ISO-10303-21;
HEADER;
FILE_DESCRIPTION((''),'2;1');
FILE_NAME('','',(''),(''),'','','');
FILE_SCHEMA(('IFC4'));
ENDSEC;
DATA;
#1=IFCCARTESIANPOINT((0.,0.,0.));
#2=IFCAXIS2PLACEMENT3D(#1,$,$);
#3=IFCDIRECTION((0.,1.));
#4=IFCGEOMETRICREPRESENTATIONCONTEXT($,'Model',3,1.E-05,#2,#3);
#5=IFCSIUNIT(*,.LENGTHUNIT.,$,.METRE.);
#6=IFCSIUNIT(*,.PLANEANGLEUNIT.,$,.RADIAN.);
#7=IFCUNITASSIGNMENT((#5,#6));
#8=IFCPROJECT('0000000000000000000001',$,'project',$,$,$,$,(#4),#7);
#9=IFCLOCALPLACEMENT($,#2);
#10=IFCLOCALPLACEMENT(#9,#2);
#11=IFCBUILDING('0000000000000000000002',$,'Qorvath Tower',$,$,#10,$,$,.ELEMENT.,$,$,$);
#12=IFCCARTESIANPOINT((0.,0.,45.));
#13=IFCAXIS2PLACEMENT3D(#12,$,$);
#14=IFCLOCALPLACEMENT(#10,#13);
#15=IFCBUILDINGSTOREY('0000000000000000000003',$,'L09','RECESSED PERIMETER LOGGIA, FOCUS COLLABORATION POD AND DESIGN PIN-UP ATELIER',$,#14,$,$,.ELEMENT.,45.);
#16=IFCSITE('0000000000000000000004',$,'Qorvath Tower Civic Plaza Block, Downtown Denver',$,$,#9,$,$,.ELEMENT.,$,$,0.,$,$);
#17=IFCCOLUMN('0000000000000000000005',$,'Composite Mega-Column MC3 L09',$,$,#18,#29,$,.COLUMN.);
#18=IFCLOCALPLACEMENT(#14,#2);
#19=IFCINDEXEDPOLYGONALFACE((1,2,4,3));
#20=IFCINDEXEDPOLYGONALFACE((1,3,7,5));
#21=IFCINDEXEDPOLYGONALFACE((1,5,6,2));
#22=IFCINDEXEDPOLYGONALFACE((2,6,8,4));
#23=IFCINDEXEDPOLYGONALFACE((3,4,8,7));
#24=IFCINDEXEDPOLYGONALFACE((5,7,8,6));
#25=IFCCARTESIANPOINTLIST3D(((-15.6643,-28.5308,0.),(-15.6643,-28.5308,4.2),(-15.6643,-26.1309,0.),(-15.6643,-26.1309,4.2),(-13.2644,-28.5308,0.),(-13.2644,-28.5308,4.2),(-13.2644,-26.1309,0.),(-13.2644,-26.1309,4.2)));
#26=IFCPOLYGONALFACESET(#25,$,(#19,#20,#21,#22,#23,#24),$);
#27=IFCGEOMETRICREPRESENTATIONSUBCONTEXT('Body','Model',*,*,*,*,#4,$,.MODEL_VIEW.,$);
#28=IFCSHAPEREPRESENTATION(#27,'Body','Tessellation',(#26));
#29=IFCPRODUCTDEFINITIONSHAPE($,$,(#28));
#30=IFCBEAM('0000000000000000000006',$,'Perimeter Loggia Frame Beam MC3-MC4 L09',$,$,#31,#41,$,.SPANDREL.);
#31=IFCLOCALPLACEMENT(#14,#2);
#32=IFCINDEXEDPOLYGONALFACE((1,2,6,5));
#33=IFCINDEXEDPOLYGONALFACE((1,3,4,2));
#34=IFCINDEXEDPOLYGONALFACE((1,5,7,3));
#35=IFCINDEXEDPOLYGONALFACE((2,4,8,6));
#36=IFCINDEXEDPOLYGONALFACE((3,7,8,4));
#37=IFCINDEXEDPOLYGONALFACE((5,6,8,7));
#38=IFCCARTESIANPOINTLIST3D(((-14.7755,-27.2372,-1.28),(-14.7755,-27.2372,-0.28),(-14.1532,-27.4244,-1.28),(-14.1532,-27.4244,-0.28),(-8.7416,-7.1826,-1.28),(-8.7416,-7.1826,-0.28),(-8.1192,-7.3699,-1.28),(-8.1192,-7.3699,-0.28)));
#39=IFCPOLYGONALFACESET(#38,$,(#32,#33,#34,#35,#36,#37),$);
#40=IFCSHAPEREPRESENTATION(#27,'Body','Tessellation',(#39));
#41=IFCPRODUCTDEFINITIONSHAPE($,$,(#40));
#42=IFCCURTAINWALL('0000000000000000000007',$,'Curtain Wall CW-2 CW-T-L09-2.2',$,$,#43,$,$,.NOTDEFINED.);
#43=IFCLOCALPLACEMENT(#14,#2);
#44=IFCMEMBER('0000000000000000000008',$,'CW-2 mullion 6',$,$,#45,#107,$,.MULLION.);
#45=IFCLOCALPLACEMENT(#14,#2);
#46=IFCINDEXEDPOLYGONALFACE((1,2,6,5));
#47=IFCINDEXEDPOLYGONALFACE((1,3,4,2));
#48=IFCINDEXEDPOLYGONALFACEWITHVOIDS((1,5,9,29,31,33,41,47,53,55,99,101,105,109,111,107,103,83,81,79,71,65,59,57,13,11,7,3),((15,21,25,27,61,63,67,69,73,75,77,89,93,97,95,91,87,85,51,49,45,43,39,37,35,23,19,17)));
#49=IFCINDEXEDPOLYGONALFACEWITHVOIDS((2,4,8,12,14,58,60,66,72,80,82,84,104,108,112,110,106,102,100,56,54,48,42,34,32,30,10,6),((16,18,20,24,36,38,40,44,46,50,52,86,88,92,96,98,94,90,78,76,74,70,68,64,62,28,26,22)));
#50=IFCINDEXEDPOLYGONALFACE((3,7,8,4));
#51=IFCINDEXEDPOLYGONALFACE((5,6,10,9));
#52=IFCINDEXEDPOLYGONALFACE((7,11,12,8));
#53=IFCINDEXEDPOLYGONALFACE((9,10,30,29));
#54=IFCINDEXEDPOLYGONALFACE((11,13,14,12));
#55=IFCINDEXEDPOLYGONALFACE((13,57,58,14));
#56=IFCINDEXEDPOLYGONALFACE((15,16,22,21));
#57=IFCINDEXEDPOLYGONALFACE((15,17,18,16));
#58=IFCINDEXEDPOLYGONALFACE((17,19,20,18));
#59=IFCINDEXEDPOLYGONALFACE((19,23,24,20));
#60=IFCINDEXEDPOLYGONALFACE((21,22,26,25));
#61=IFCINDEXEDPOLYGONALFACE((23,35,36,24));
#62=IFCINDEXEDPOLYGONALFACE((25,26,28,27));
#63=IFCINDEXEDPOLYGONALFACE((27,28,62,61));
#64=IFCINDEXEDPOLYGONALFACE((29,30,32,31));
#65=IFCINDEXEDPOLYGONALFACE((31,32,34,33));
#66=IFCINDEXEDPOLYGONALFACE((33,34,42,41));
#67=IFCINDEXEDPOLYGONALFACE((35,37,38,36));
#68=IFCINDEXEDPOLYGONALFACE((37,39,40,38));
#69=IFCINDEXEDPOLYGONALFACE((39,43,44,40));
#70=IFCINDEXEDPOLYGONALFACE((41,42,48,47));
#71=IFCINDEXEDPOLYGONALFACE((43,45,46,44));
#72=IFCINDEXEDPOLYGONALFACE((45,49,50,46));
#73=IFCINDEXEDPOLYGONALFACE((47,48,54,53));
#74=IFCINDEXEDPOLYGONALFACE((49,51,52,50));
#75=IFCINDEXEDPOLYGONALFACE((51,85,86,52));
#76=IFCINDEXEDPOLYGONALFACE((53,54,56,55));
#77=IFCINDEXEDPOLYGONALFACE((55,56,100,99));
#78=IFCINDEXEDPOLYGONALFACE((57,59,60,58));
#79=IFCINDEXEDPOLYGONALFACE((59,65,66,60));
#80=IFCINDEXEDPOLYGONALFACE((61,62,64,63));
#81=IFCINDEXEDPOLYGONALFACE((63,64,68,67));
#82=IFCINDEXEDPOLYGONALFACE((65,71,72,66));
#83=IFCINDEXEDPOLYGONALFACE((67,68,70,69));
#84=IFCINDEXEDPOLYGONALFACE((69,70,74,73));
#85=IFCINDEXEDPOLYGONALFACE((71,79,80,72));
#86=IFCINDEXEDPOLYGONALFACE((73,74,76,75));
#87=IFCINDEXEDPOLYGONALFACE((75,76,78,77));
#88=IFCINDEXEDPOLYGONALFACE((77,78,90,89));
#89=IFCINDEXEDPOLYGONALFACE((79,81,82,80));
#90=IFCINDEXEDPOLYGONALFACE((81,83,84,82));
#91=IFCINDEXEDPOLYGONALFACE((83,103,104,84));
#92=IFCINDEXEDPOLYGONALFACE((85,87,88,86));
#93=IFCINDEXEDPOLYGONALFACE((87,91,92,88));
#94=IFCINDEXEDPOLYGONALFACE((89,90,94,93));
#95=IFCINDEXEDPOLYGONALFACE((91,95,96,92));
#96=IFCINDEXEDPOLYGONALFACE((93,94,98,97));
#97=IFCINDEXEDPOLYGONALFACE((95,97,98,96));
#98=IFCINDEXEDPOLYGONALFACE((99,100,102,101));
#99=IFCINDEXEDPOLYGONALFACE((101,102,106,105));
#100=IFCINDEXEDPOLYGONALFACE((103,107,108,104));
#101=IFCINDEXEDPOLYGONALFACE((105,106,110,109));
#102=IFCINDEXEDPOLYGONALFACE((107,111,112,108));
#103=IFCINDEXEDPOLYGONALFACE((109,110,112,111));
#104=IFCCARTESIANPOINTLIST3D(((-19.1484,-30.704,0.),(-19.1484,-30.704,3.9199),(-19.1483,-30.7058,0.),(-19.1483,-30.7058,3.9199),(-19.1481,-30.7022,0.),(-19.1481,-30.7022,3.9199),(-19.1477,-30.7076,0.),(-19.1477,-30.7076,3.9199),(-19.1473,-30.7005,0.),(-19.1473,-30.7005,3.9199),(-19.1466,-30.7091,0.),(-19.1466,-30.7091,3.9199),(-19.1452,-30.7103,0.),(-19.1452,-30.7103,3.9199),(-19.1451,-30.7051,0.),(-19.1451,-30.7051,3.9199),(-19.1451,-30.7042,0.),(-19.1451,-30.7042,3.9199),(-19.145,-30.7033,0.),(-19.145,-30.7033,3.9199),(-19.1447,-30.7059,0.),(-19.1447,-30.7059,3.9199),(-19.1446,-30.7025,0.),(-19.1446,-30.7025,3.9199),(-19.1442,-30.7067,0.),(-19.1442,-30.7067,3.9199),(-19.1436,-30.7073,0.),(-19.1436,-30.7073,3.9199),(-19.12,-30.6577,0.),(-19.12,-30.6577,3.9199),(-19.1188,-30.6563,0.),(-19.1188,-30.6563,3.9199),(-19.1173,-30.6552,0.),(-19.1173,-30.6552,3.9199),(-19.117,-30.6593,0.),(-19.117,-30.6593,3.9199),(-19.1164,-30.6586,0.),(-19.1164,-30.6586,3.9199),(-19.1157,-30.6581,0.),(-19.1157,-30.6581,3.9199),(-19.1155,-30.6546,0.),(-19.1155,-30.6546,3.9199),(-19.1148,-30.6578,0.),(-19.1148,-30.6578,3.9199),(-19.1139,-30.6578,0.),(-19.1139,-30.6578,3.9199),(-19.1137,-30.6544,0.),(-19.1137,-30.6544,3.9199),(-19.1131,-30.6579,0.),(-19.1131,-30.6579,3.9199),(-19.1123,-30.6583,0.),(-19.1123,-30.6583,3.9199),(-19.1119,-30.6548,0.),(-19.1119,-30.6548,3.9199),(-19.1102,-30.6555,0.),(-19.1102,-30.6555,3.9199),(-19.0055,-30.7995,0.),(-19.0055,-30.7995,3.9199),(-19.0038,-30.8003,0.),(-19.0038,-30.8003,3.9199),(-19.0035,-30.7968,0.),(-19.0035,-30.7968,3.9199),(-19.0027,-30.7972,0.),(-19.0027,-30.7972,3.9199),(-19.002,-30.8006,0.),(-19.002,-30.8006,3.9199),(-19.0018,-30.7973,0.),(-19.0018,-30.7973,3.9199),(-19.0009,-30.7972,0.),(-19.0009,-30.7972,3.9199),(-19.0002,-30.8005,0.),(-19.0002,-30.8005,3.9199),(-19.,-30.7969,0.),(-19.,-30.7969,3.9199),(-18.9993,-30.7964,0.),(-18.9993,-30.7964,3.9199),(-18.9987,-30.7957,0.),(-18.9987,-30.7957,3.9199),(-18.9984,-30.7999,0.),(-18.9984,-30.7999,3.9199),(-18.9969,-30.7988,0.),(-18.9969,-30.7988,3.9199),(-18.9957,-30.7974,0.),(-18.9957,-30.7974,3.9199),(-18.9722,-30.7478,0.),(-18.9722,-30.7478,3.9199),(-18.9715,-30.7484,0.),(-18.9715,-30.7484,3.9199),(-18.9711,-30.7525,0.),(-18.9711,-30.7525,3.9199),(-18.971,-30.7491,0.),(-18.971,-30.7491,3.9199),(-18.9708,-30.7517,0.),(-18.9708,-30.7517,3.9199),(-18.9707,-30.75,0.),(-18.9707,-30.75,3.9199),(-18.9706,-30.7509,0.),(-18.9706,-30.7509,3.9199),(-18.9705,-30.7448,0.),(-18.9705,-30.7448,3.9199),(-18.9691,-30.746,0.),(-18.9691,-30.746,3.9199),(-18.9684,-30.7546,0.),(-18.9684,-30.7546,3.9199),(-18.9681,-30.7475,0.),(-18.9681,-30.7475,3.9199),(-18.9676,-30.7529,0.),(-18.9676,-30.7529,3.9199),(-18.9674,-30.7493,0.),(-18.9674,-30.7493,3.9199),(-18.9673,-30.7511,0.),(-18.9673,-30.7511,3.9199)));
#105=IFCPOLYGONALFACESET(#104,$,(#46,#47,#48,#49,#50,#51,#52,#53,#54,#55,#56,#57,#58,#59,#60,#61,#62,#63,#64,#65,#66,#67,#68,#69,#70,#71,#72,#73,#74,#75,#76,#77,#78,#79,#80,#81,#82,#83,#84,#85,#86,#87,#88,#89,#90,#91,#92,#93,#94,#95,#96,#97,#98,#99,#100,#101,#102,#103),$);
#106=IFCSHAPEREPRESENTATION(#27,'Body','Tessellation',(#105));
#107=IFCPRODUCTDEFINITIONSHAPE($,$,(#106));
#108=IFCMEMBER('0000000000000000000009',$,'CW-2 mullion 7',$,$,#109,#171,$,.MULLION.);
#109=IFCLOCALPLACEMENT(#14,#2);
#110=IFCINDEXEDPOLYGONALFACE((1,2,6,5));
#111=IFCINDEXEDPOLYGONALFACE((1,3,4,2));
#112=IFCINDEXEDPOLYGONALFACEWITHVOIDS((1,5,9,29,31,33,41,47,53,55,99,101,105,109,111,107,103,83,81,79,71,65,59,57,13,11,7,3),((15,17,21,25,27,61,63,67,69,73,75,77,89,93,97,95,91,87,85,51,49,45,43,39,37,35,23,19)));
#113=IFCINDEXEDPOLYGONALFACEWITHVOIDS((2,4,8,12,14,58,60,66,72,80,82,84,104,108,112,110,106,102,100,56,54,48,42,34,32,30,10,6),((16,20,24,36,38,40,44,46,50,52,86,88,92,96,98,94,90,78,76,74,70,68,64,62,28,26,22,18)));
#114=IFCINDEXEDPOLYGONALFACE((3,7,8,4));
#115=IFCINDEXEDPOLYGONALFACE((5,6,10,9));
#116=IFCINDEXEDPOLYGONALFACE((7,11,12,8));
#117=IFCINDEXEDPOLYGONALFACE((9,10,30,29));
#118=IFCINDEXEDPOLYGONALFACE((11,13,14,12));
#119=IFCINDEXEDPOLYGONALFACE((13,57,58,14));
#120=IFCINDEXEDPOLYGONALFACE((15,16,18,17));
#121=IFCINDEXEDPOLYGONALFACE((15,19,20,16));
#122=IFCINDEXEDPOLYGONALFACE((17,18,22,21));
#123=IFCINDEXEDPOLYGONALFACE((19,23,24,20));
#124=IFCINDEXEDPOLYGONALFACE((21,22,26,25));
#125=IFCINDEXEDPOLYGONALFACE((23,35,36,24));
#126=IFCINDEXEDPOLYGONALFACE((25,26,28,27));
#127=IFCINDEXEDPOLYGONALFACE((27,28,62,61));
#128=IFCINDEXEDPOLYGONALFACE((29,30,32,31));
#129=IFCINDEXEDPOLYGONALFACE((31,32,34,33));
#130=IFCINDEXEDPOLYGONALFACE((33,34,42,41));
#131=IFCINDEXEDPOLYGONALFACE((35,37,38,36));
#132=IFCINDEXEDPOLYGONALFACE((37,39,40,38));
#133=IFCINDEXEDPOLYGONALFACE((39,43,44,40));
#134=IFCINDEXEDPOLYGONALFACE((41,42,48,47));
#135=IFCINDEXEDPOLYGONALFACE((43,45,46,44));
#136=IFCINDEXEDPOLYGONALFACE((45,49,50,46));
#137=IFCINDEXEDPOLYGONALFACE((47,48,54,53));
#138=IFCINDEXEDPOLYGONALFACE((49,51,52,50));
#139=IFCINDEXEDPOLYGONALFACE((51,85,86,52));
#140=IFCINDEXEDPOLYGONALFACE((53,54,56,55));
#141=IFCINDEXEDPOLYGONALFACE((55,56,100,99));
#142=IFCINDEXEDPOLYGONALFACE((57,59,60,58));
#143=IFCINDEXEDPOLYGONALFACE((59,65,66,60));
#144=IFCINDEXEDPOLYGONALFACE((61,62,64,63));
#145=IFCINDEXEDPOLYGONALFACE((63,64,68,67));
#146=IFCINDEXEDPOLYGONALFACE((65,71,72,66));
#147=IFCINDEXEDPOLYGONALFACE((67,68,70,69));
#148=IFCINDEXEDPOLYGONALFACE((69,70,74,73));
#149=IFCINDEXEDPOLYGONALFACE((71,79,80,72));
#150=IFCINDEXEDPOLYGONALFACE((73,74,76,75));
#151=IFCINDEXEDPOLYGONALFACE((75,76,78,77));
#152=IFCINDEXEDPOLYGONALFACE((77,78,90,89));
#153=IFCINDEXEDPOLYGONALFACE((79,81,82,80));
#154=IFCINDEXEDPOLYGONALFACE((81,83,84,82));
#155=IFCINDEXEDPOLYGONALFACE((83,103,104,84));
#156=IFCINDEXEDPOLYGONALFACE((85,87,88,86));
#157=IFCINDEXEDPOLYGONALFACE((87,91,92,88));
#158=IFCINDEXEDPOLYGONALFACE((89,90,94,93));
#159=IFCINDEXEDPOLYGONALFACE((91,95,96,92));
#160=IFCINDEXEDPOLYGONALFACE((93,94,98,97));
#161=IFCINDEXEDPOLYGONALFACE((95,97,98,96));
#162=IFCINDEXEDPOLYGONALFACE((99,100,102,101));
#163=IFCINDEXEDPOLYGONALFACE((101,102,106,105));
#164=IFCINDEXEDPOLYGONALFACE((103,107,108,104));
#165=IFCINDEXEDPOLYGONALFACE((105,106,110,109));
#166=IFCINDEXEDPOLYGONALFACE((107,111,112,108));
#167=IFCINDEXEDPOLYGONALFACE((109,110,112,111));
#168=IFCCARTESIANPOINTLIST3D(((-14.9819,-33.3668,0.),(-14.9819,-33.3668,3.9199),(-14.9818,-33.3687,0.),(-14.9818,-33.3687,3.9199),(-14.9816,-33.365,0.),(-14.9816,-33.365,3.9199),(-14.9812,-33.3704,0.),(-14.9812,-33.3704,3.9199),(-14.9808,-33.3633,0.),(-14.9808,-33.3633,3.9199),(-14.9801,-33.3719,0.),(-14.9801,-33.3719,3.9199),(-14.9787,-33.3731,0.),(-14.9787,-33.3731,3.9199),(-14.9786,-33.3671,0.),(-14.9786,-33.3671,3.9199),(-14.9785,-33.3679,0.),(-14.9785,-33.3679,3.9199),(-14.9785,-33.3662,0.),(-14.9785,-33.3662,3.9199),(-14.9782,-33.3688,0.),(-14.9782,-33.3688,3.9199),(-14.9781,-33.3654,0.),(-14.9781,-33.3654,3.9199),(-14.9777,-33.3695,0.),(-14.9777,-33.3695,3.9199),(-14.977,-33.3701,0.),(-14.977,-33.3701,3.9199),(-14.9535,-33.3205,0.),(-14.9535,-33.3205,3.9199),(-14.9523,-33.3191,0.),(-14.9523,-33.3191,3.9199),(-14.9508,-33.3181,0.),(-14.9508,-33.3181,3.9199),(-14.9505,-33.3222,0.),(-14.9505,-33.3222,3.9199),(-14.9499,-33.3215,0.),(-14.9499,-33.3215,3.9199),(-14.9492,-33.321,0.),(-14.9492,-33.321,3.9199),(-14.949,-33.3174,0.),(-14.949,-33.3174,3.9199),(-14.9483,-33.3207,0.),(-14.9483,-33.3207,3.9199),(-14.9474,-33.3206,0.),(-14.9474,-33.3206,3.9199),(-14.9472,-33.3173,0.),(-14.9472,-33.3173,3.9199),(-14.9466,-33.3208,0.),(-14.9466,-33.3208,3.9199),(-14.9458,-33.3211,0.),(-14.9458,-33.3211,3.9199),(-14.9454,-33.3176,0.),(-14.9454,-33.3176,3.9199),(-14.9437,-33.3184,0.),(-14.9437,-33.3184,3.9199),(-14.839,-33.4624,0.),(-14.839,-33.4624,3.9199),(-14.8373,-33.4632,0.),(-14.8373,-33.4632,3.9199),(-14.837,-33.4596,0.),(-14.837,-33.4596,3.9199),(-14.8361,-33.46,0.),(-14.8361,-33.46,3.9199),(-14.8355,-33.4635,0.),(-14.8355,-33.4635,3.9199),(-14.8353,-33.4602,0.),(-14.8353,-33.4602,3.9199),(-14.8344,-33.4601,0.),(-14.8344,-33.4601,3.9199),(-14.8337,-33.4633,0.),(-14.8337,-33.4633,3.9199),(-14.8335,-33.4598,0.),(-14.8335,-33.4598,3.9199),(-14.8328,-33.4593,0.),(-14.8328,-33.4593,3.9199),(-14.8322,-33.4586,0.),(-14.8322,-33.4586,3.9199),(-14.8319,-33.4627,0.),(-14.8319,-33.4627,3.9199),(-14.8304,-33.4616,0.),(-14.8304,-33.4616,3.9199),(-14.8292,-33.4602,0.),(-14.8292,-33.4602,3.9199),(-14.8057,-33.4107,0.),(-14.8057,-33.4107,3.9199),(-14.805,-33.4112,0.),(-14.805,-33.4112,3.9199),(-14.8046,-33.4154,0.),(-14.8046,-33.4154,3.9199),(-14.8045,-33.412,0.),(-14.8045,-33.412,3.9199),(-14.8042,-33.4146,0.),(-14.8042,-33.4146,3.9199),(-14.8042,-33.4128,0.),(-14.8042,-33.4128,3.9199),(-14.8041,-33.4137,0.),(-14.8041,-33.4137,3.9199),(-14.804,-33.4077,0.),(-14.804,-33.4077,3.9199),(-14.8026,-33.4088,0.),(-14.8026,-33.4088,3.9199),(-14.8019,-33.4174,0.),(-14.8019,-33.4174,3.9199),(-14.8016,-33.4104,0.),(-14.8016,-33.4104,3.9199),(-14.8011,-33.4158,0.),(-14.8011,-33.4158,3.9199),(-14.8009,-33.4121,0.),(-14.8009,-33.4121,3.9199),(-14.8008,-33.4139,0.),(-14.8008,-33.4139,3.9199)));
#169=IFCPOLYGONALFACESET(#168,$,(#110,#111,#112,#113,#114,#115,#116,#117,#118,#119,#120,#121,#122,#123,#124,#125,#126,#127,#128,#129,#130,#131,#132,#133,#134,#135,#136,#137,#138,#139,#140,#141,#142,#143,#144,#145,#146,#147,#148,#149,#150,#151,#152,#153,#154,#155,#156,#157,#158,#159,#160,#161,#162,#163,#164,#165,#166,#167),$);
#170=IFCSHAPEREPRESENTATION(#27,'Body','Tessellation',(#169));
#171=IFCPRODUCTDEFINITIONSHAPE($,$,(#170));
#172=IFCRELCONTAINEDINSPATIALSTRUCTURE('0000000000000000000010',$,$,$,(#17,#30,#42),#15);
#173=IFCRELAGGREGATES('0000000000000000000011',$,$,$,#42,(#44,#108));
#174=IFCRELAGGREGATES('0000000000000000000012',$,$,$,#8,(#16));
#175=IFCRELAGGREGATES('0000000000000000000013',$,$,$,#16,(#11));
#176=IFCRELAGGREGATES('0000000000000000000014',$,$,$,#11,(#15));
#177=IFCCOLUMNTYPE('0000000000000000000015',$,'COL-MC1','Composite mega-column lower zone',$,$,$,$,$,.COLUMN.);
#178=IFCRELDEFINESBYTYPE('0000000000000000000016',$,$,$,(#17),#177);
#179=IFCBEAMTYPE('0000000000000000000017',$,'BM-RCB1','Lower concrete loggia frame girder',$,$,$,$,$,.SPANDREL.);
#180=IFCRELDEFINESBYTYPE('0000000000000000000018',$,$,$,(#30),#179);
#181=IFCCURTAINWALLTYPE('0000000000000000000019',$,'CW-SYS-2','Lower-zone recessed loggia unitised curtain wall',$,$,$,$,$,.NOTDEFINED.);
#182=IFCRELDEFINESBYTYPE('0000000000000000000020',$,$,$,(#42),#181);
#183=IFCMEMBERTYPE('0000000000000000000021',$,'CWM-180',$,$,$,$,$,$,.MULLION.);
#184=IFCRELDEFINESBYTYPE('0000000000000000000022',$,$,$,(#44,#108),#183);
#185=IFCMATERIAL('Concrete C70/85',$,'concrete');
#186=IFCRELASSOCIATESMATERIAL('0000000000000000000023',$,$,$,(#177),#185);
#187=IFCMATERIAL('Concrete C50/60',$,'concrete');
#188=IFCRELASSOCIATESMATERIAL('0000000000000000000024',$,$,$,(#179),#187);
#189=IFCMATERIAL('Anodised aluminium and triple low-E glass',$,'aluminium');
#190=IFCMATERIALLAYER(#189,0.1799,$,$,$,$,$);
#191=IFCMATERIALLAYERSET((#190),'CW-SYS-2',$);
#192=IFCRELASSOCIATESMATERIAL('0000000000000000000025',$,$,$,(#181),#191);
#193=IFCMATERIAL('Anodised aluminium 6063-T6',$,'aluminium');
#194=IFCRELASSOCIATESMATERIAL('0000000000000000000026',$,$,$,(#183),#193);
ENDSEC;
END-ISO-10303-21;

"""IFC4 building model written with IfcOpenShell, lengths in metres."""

from ifc_helpers import new_model, si_unit, direction, frame, origin, origin_2d, place, context, subcontext, project, spatial, rectangle, hollow_rectangle, extrude, material, layer, layer_set, material_profile, profile_set, type_object, element, aggregate, save


model = new_model("IFC4")

# Units and contexts
model_context = context("Model", 3, precision=1e-05, world=origin(), true_north=direction((0.0, 1.0)))
body_context = subcontext(model_context, "Body", "Model", "MODEL_VIEW")
ifc_project = project(units=[si_unit("LENGTHUNIT", "METRE"), si_unit("PLANEANGLEUNIT", "RADIAN")], contexts=[model_context])

# Site, building, storey
site_placement = place(None, origin())
site = spatial("IfcSite", under=ifc_project, at=site_placement, Name="Qorvath Tower Civic Plaza Block, Downtown Denver", CompositionType="ELEMENT", RefElevation=0.0)
building_placement = place(site_placement, origin())
building = spatial("IfcBuilding", under=site, at=building_placement, Name="Qorvath Tower", CompositionType="ELEMENT")
storey_placement = place(building_placement, frame((0.0, 0.0, 45.0)))
storey = spatial("IfcBuildingStorey", under=building, at=storey_placement, Name="L09", Description="RECESSED PERIMETER LOGGIA, FOCUS COLLABORATION POD AND DESIGN PIN-UP ATELIER", CompositionType="ELEMENT", Elevation=45.0)

# Column
ifc_material_1 = material(Name="Concrete C70/85", Category="concrete")
ifc_material_profile_1 = material_profile(ifc_material_1, rectangle(XDim=2.3999, YDim=2.3999, at=origin_2d()), Name="MC 2400x2400")
ifc_profile_set_1 = profile_set([ifc_material_profile_1], Name="Concrete C70/85")
column_type = type_object("IfcColumnType", Name="COL-MC1", Description="Composite mega-column lower zone", PredefinedType="COLUMN", material=ifc_profile_set_1)
column_placement = place(storey_placement, frame((-14.4644, -27.3308, 0.0), z_axis=(0.0, 0.0, 1.0), x_axis=(1.0, 0.0, 0.0)))
element("IfcColumn", 1, at=column_placement, inside=storey, type_object=column_type, Name="Composite Mega-Column MC3 L09", PredefinedType="COLUMN", context=body_context, shape_type="SweptSolid", body=[
    extrude(rectangle(XDim=2.3999, YDim=2.3999, at=origin_2d()), origin(), (0.0, 0.0, 1.0), 4.2),
])

# Beam
ifc_material_2 = material(Name="Concrete C50/60", Category="concrete")
ifc_material_profile_2 = material_profile(ifc_material_2, rectangle(XDim=0.6499, YDim=1.0, at=origin_2d()), Name="RCB 1000x650")
ifc_profile_set_2 = profile_set([ifc_material_profile_2], Name="Concrete C50/60")
beam_type = type_object("IfcBeamType", Name="BM-RCB1", Description="Lower concrete loggia frame girder", PredefinedType="SPANDREL", material=ifc_profile_set_2)
beam_placement = place(storey_placement, frame((-14.4644, -27.3308, -0.78), z_axis=(0.288119, 0.957595, 0.0), x_axis=(-0.957595, 0.288119, 0.0)))
element("IfcBeam", 2, at=beam_placement, inside=storey, type_object=beam_type, Name="Perimeter Loggia Frame Beam MC3-MC4 L09", PredefinedType="SPANDREL", context=body_context, shape_type="SweptSolid", body=[
    extrude(rectangle(XDim=0.6499, YDim=1.0, at=origin_2d()), origin(), (0.0, 0.0, 1.0), 20.9426),
])

# Curtain wall, members
ifc_material_3 = material(Name="Anodised aluminium and triple low-E glass", Category="aluminium")
ifc_layer_1 = layer(ifc_material_3, 0.1799)
ifc_layer_set_1 = layer_set([ifc_layer_1], Name="CW-SYS-2")
curtain_wall_type = type_object("IfcCurtainWallType", Name="CW-SYS-2", Description="Lower-zone recessed loggia unitised curtain wall", PredefinedType="NOTDEFINED", material=ifc_layer_set_1)
curtain_wall_1_placement = place(storey_placement, origin())
curtain_wall_1 = element("IfcCurtainWall", 3, at=curtain_wall_1_placement, inside=storey, type_object=curtain_wall_type, Name="Curtain Wall CW-2 CW-T-L09-2.2", PredefinedType="NOTDEFINED")
ifc_material_4 = material(Name="Anodised aluminium 6063-T6", Category="aluminium")
ifc_material_profile_3 = material_profile(ifc_material_4, hollow_rectangle(XDim=0.0649, YDim=0.1799, WallThickness=0.0034, InnerFilletRadius=0.0034, OuterFilletRadius=0.0071, at=origin_2d()), Name="CWM 180x65")
ifc_profile_set_3 = profile_set([ifc_material_profile_3], Name="Anodised aluminium 6063-T6")
member_type_1 = type_object("IfcMemberType", Name="CWM-180", PredefinedType="MULLION", material=ifc_profile_set_3)
member_1_placement = place(storey_placement, frame((-19.0579, -30.7275, 0.0), z_axis=(0.0, 0.0, 1.0), x_axis=(0.538537, 0.842602, 0.0)))
member_1 = element("IfcMember", 4, at=member_1_placement, type_object=member_type_1, Name="CW-2 mullion 6", PredefinedType="MULLION", context=body_context, shape_type="SweptSolid", body=[
    extrude(hollow_rectangle(XDim=0.0649, YDim=0.1799, WallThickness=0.0034, InnerFilletRadius=0.0034, OuterFilletRadius=0.0071, at=origin_2d()), origin(), (0.0, 0.0, 1.0), 3.9199),
])
member_2_placement = place(storey_placement, frame((-14.8914, -33.3904, 0.0), z_axis=(0.0, 0.0, 1.0), x_axis=(0.538537, 0.842602, 0.0)))
member_2 = element("IfcMember", 5, at=member_2_placement, type_object=member_type_1, Name="CW-2 mullion 7", PredefinedType="MULLION", context=body_context, shape_type="SweptSolid", body=[
    extrude(hollow_rectangle(XDim=0.0649, YDim=0.1799, WallThickness=0.0034, InnerFilletRadius=0.0034, OuterFilletRadius=0.0071, at=origin_2d()), origin(), (0.0, 0.0, 1.0), 3.9199),
])

aggregate(curtain_wall_1, [member_1, member_2])

save(model, "model.ifc")
